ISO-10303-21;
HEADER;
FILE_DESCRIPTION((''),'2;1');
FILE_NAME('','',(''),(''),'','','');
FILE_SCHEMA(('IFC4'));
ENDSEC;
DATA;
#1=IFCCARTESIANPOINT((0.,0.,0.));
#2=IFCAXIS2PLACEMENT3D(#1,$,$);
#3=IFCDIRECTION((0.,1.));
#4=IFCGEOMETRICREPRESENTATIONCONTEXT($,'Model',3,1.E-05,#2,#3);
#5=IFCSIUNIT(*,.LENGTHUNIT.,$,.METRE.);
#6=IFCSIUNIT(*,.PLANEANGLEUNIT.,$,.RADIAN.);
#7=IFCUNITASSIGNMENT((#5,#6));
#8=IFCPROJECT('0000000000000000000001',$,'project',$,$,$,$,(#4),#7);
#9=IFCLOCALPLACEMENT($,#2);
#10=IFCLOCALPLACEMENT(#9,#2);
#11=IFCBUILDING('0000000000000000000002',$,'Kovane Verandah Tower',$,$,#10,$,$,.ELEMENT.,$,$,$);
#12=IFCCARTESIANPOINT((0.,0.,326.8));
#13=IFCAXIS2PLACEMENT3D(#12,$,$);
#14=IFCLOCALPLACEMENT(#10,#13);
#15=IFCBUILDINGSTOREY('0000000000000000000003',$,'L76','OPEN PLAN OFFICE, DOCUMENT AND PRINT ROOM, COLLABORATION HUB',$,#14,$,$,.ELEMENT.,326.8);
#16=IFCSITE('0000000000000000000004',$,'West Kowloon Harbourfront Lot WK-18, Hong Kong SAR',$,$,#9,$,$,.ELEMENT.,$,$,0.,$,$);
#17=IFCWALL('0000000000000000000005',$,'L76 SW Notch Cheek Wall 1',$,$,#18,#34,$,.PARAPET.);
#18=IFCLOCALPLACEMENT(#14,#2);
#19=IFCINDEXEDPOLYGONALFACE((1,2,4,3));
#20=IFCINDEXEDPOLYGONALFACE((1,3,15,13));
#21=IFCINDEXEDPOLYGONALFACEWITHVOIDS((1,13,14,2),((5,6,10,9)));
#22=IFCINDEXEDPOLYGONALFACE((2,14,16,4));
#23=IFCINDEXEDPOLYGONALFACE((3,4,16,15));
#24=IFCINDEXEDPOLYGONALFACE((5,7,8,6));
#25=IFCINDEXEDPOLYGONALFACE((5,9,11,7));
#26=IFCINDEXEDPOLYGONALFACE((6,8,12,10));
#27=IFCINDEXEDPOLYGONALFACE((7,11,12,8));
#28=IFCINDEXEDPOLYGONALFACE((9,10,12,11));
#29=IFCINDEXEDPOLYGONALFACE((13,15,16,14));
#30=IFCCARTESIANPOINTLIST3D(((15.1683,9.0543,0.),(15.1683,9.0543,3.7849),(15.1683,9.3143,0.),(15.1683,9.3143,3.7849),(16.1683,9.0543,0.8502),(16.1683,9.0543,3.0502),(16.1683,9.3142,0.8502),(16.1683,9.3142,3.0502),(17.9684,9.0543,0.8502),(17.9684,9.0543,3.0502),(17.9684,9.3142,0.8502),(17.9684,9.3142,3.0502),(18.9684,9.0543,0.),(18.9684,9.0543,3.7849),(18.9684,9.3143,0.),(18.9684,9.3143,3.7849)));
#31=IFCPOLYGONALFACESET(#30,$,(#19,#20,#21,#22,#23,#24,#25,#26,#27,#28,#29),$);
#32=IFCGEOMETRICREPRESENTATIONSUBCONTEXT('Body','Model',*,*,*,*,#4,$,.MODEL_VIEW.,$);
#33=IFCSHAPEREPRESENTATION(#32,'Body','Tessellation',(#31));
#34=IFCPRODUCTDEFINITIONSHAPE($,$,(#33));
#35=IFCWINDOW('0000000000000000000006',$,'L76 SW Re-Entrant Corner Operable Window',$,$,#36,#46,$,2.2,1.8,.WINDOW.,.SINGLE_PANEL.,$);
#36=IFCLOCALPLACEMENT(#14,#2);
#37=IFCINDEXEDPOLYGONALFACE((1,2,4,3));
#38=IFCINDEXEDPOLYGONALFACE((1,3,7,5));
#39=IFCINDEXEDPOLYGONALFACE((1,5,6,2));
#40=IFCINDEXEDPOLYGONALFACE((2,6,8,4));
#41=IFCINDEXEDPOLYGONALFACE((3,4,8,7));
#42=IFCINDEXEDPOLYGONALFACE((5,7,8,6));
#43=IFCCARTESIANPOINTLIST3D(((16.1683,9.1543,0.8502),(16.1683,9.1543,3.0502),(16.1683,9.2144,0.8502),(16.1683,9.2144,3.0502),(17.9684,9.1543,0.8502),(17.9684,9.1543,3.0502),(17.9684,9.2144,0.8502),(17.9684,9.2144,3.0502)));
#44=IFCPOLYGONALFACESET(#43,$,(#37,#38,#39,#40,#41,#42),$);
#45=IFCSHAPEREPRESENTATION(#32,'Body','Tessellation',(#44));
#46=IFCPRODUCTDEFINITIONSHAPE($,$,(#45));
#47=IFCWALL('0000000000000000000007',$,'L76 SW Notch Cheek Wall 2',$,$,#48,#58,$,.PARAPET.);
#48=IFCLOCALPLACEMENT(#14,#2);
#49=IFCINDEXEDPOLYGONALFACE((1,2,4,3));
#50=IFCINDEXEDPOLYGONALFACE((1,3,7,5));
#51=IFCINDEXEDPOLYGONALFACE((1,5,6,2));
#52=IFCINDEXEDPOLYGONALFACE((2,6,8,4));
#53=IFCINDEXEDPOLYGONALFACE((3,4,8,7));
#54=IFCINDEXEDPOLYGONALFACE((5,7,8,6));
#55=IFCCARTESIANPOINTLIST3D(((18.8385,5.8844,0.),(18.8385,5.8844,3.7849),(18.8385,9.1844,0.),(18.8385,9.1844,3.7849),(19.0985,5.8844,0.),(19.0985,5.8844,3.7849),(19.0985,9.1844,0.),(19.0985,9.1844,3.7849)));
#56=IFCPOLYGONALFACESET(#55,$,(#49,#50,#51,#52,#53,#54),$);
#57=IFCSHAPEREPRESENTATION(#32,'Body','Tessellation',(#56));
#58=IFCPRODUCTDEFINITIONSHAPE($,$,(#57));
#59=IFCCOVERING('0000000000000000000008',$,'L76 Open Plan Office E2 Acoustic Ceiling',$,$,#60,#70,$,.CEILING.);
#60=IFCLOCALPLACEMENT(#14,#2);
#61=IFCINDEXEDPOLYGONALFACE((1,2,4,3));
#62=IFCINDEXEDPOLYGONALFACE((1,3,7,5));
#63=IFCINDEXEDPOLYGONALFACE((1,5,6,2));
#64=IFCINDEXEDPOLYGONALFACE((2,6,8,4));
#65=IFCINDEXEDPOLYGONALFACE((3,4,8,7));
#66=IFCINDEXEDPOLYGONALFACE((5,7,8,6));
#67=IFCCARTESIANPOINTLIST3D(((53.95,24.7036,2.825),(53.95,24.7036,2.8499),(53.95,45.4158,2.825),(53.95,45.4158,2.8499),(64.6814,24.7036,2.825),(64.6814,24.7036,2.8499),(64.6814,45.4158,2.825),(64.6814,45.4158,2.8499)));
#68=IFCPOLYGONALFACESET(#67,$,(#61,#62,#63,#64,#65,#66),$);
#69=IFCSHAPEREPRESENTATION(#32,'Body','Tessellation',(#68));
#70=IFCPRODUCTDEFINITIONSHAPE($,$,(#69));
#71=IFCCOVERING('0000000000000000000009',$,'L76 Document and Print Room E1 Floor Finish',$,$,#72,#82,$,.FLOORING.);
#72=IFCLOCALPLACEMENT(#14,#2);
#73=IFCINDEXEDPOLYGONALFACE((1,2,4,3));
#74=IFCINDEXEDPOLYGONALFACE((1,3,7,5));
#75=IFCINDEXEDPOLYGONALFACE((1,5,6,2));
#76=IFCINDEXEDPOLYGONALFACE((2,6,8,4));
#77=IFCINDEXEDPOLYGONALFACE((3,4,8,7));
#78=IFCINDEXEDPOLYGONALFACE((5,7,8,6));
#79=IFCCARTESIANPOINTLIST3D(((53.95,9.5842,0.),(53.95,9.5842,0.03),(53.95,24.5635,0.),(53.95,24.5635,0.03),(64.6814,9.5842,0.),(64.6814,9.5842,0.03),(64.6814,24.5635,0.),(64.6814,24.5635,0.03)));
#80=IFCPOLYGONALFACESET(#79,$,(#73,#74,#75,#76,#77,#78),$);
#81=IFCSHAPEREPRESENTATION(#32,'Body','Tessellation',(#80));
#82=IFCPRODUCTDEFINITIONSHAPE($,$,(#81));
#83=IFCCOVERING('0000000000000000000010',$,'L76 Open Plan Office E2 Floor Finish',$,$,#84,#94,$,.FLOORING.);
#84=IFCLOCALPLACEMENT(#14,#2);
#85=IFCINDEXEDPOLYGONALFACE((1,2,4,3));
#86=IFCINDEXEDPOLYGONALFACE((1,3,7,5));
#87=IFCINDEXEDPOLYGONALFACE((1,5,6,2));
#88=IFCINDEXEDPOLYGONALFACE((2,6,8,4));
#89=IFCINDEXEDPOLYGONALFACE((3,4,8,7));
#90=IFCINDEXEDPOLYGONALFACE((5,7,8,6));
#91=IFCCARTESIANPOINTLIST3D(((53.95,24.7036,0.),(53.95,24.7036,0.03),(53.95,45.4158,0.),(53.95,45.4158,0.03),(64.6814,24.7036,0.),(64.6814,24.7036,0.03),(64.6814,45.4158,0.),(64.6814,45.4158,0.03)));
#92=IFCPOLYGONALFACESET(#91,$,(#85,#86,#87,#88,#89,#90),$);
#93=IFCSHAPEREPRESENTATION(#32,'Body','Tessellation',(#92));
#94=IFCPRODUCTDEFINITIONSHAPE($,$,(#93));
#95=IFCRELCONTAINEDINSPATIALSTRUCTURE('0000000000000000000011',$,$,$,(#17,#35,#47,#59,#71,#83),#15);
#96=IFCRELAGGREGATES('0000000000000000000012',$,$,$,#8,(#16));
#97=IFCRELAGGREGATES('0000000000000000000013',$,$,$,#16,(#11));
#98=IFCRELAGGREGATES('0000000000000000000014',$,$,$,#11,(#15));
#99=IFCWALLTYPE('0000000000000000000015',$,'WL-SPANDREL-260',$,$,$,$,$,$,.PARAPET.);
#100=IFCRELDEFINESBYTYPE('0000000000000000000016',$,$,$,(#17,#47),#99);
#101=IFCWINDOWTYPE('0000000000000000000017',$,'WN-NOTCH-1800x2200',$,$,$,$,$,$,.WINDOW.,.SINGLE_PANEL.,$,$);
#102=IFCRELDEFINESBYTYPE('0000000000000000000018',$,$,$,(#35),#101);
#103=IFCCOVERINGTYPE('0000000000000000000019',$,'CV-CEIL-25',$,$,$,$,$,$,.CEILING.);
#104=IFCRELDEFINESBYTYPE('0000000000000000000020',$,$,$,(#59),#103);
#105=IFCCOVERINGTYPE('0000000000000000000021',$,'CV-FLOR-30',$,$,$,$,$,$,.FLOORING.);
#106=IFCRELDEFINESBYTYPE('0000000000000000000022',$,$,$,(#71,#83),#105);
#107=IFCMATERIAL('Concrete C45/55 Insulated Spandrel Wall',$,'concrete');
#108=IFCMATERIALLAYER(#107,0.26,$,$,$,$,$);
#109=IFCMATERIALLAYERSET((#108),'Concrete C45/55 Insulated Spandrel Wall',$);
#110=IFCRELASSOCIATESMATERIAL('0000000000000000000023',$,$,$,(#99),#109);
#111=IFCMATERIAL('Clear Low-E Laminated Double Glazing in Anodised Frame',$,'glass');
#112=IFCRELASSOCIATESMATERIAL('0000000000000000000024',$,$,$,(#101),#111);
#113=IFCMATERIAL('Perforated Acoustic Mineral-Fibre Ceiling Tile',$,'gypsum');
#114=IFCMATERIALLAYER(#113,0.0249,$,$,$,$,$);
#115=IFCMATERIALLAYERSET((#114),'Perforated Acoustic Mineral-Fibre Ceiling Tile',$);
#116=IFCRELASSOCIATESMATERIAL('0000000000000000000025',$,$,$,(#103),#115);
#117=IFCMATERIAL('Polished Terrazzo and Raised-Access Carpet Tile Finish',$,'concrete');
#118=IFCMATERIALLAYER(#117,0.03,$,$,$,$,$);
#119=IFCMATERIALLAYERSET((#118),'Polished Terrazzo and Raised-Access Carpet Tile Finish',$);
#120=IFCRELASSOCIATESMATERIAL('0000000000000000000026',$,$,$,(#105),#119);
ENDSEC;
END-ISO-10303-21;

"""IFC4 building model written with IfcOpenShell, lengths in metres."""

from ifc_helpers import new_model, si_unit, direction, frame, frame_2d, origin, place, context, subcontext, project, spatial, polyline, rectangle, outline, extrude, material, layer, layer_set, type_object, element, fill, save


model = new_model("IFC4")

# Units and contexts
model_context = context("Model", 3, precision=1e-05, world=origin(), true_north=direction((0.0, 1.0)))
body_context = subcontext(model_context, "Body", "Model", "MODEL_VIEW")
ifc_project = project(units=[si_unit("LENGTHUNIT", "METRE"), si_unit("PLANEANGLEUNIT", "RADIAN")], contexts=[model_context])

# Site, building, storey
site_placement = place(None, origin())
site = spatial("IfcSite", under=ifc_project, at=site_placement, Name="West Kowloon Harbourfront Lot WK-18, Hong Kong SAR", CompositionType="ELEMENT", RefElevation=0.0)
building_placement = place(site_placement, origin())
building = spatial("IfcBuilding", under=site, at=building_placement, Name="Kovane Verandah Tower", CompositionType="ELEMENT")
storey_placement = place(building_placement, frame((0.0, 0.0, 326.8)))
storey = spatial("IfcBuildingStorey", under=building, at=storey_placement, Name="L76", Description="OPEN PLAN OFFICE, DOCUMENT AND PRINT ROOM, COLLABORATION HUB", CompositionType="ELEMENT", Elevation=326.8)

# Shared definitions
ifc_material_1 = material(Name="Concrete C45/55 Insulated Spandrel Wall", Category="concrete")
ifc_layer_1 = layer(ifc_material_1, 0.26)
ifc_layer_set_1 = layer_set([ifc_layer_1], Name="Concrete C45/55 Insulated Spandrel Wall")
wall_type = type_object("IfcWallType", Name="WL-SPANDREL-260", PredefinedType="PARAPET", material=ifc_layer_set_1)
ifc_material_2 = material(Name="Clear Low-E Laminated Double Glazing in Anodised Frame", Category="glass")

# Wall, opening, window
wall_1_placement = place(storey_placement, frame((15.1685, 9.1843, 0.0), z_axis=(0.0, 0.0, 1.0), x_axis=(1.0, 0.0, 0.0)))
wall_1 = element("IfcWall", 1, at=wall_1_placement, inside=storey, type_object=wall_type, Name="L76 SW Notch Cheek Wall 1", PredefinedType="PARAPET", context=body_context, shape_type="SweptSolid", body=[
    extrude(rectangle(XDim=3.8, YDim=0.26, at=frame_2d((1.8999, 0.0))), origin(), (0.0, 0.0, 1.0), 3.7849),
])
opening_1_placement = place(wall_1_placement, frame((1.0, 0.0, 0.8501)))
opening_1 = element("IfcOpeningElement", 2, at=opening_1_placement, cuts=wall_1, PredefinedType="OPENING", context=body_context, shape_type="SweptSolid", body=[
    extrude(rectangle(XDim=1.8, YDim=2.2, at=frame_2d((0.8999, 1.1001))), frame((0.0, 0.1299, 0.0), z_axis=(0.0, -1.0, 0.0), x_axis=(1.0, 0.0, 0.0)), (0.0, 0.0, 1.0), 0.26),
])
window_type_1 = type_object("IfcWindowType", Name="WN-NOTCH-1800x2200", PartitioningType="SINGLE_PANEL", PredefinedType="WINDOW", material=ifc_material_2)
window_1_placement = place(opening_1_placement, origin())
window_1 = element("IfcWindow", 3, at=window_1_placement, inside=storey, type_object=window_type_1, Name="L76 SW Re-Entrant Corner Operable Window", OverallHeight=2.2, OverallWidth=1.8, PartitioningType="SINGLE_PANEL", PredefinedType="WINDOW", context=body_context, shape_type="SweptSolid", body=[
    extrude(rectangle(XDim=1.8, YDim=2.2, at=frame_2d((0.8999, 1.1001))), frame((0.0, 0.03, 0.0), z_axis=(0.0, -1.0, 0.0), x_axis=(1.0, 0.0, 0.0)), (0.0, 0.0, 1.0), 0.0601),
])
fill(opening_1, window_1)

# Wall
wall_2_placement = place(storey_placement, frame((18.9685, 9.1843, 0.0), z_axis=(0.0, 0.0, 1.0), x_axis=(0.0, -1.0, 0.0)))
element("IfcWall", 4, at=wall_2_placement, inside=storey, type_object=wall_type, Name="L76 SW Notch Cheek Wall 2", PredefinedType="PARAPET", context=body_context, shape_type="SweptSolid", body=[
    extrude(rectangle(XDim=3.3, YDim=0.26, at=frame_2d((1.6499, 0.0))), origin(), (0.0, 0.0, 1.0), 3.7849),
])

# Coverings
ifc_material_3 = material(Name="Perforated Acoustic Mineral-Fibre Ceiling Tile", Category="gypsum")
ifc_layer_2 = layer(ifc_material_3, 0.0249)
ifc_layer_set_2 = layer_set([ifc_layer_2], Name="Perforated Acoustic Mineral-Fibre Ceiling Tile")
covering_type_1 = type_object("IfcCoveringType", Name="CV-CEIL-25", PredefinedType="CEILING", material=ifc_layer_set_2)
covering_1_placement = place(storey_placement, frame((0.0, 0.0, 2.825)))
element("IfcCovering", 5, at=covering_1_placement, inside=storey, type_object=covering_type_1, Name="L76 Open Plan Office E2 Acoustic Ceiling", PredefinedType="CEILING", context=body_context, shape_type="SweptSolid", body=[
    extrude(outline(polyline([(53.95, 24.7036), (64.6814, 24.7036), (64.6814, 45.4158), (53.95, 45.4158), (53.95, 24.7036)])), origin(), (0.0, 0.0, 1.0), 0.0249),
])
ifc_material_4 = material(Name="Polished Terrazzo and Raised-Access Carpet Tile Finish", Category="concrete")
ifc_layer_3 = layer(ifc_material_4, 0.03)
ifc_layer_set_3 = layer_set([ifc_layer_3], Name="Polished Terrazzo and Raised-Access Carpet Tile Finish")
covering_type_2 = type_object("IfcCoveringType", Name="CV-FLOR-30", PredefinedType="FLOORING", material=ifc_layer_set_3)
covering_2_placement = place(storey_placement, origin())
element("IfcCovering", 6, at=covering_2_placement, inside=storey, type_object=covering_type_2, Name="L76 Document and Print Room E1 Floor Finish", PredefinedType="FLOORING", context=body_context, shape_type="SweptSolid", body=[
    extrude(outline(polyline([(53.95, 9.5842), (64.6814, 9.5842), (64.6814, 24.5635), (53.95, 24.5635), (53.95, 9.5842)])), origin(), (0.0, 0.0, 1.0), 0.03),
])
covering_3_placement = place(storey_placement, origin())
element("IfcCovering", 7, at=covering_3_placement, inside=storey, type_object=covering_type_2, Name="L76 Open Plan Office E2 Floor Finish", PredefinedType="FLOORING", context=body_context, shape_type="SweptSolid", body=[
    extrude(outline(polyline([(53.95, 24.7036), (64.6814, 24.7036), (64.6814, 45.4158), (53.95, 45.4158), (53.95, 24.7036)])), origin(), (0.0, 0.0, 1.0), 0.03),
])

save(model, "model.ifc")
